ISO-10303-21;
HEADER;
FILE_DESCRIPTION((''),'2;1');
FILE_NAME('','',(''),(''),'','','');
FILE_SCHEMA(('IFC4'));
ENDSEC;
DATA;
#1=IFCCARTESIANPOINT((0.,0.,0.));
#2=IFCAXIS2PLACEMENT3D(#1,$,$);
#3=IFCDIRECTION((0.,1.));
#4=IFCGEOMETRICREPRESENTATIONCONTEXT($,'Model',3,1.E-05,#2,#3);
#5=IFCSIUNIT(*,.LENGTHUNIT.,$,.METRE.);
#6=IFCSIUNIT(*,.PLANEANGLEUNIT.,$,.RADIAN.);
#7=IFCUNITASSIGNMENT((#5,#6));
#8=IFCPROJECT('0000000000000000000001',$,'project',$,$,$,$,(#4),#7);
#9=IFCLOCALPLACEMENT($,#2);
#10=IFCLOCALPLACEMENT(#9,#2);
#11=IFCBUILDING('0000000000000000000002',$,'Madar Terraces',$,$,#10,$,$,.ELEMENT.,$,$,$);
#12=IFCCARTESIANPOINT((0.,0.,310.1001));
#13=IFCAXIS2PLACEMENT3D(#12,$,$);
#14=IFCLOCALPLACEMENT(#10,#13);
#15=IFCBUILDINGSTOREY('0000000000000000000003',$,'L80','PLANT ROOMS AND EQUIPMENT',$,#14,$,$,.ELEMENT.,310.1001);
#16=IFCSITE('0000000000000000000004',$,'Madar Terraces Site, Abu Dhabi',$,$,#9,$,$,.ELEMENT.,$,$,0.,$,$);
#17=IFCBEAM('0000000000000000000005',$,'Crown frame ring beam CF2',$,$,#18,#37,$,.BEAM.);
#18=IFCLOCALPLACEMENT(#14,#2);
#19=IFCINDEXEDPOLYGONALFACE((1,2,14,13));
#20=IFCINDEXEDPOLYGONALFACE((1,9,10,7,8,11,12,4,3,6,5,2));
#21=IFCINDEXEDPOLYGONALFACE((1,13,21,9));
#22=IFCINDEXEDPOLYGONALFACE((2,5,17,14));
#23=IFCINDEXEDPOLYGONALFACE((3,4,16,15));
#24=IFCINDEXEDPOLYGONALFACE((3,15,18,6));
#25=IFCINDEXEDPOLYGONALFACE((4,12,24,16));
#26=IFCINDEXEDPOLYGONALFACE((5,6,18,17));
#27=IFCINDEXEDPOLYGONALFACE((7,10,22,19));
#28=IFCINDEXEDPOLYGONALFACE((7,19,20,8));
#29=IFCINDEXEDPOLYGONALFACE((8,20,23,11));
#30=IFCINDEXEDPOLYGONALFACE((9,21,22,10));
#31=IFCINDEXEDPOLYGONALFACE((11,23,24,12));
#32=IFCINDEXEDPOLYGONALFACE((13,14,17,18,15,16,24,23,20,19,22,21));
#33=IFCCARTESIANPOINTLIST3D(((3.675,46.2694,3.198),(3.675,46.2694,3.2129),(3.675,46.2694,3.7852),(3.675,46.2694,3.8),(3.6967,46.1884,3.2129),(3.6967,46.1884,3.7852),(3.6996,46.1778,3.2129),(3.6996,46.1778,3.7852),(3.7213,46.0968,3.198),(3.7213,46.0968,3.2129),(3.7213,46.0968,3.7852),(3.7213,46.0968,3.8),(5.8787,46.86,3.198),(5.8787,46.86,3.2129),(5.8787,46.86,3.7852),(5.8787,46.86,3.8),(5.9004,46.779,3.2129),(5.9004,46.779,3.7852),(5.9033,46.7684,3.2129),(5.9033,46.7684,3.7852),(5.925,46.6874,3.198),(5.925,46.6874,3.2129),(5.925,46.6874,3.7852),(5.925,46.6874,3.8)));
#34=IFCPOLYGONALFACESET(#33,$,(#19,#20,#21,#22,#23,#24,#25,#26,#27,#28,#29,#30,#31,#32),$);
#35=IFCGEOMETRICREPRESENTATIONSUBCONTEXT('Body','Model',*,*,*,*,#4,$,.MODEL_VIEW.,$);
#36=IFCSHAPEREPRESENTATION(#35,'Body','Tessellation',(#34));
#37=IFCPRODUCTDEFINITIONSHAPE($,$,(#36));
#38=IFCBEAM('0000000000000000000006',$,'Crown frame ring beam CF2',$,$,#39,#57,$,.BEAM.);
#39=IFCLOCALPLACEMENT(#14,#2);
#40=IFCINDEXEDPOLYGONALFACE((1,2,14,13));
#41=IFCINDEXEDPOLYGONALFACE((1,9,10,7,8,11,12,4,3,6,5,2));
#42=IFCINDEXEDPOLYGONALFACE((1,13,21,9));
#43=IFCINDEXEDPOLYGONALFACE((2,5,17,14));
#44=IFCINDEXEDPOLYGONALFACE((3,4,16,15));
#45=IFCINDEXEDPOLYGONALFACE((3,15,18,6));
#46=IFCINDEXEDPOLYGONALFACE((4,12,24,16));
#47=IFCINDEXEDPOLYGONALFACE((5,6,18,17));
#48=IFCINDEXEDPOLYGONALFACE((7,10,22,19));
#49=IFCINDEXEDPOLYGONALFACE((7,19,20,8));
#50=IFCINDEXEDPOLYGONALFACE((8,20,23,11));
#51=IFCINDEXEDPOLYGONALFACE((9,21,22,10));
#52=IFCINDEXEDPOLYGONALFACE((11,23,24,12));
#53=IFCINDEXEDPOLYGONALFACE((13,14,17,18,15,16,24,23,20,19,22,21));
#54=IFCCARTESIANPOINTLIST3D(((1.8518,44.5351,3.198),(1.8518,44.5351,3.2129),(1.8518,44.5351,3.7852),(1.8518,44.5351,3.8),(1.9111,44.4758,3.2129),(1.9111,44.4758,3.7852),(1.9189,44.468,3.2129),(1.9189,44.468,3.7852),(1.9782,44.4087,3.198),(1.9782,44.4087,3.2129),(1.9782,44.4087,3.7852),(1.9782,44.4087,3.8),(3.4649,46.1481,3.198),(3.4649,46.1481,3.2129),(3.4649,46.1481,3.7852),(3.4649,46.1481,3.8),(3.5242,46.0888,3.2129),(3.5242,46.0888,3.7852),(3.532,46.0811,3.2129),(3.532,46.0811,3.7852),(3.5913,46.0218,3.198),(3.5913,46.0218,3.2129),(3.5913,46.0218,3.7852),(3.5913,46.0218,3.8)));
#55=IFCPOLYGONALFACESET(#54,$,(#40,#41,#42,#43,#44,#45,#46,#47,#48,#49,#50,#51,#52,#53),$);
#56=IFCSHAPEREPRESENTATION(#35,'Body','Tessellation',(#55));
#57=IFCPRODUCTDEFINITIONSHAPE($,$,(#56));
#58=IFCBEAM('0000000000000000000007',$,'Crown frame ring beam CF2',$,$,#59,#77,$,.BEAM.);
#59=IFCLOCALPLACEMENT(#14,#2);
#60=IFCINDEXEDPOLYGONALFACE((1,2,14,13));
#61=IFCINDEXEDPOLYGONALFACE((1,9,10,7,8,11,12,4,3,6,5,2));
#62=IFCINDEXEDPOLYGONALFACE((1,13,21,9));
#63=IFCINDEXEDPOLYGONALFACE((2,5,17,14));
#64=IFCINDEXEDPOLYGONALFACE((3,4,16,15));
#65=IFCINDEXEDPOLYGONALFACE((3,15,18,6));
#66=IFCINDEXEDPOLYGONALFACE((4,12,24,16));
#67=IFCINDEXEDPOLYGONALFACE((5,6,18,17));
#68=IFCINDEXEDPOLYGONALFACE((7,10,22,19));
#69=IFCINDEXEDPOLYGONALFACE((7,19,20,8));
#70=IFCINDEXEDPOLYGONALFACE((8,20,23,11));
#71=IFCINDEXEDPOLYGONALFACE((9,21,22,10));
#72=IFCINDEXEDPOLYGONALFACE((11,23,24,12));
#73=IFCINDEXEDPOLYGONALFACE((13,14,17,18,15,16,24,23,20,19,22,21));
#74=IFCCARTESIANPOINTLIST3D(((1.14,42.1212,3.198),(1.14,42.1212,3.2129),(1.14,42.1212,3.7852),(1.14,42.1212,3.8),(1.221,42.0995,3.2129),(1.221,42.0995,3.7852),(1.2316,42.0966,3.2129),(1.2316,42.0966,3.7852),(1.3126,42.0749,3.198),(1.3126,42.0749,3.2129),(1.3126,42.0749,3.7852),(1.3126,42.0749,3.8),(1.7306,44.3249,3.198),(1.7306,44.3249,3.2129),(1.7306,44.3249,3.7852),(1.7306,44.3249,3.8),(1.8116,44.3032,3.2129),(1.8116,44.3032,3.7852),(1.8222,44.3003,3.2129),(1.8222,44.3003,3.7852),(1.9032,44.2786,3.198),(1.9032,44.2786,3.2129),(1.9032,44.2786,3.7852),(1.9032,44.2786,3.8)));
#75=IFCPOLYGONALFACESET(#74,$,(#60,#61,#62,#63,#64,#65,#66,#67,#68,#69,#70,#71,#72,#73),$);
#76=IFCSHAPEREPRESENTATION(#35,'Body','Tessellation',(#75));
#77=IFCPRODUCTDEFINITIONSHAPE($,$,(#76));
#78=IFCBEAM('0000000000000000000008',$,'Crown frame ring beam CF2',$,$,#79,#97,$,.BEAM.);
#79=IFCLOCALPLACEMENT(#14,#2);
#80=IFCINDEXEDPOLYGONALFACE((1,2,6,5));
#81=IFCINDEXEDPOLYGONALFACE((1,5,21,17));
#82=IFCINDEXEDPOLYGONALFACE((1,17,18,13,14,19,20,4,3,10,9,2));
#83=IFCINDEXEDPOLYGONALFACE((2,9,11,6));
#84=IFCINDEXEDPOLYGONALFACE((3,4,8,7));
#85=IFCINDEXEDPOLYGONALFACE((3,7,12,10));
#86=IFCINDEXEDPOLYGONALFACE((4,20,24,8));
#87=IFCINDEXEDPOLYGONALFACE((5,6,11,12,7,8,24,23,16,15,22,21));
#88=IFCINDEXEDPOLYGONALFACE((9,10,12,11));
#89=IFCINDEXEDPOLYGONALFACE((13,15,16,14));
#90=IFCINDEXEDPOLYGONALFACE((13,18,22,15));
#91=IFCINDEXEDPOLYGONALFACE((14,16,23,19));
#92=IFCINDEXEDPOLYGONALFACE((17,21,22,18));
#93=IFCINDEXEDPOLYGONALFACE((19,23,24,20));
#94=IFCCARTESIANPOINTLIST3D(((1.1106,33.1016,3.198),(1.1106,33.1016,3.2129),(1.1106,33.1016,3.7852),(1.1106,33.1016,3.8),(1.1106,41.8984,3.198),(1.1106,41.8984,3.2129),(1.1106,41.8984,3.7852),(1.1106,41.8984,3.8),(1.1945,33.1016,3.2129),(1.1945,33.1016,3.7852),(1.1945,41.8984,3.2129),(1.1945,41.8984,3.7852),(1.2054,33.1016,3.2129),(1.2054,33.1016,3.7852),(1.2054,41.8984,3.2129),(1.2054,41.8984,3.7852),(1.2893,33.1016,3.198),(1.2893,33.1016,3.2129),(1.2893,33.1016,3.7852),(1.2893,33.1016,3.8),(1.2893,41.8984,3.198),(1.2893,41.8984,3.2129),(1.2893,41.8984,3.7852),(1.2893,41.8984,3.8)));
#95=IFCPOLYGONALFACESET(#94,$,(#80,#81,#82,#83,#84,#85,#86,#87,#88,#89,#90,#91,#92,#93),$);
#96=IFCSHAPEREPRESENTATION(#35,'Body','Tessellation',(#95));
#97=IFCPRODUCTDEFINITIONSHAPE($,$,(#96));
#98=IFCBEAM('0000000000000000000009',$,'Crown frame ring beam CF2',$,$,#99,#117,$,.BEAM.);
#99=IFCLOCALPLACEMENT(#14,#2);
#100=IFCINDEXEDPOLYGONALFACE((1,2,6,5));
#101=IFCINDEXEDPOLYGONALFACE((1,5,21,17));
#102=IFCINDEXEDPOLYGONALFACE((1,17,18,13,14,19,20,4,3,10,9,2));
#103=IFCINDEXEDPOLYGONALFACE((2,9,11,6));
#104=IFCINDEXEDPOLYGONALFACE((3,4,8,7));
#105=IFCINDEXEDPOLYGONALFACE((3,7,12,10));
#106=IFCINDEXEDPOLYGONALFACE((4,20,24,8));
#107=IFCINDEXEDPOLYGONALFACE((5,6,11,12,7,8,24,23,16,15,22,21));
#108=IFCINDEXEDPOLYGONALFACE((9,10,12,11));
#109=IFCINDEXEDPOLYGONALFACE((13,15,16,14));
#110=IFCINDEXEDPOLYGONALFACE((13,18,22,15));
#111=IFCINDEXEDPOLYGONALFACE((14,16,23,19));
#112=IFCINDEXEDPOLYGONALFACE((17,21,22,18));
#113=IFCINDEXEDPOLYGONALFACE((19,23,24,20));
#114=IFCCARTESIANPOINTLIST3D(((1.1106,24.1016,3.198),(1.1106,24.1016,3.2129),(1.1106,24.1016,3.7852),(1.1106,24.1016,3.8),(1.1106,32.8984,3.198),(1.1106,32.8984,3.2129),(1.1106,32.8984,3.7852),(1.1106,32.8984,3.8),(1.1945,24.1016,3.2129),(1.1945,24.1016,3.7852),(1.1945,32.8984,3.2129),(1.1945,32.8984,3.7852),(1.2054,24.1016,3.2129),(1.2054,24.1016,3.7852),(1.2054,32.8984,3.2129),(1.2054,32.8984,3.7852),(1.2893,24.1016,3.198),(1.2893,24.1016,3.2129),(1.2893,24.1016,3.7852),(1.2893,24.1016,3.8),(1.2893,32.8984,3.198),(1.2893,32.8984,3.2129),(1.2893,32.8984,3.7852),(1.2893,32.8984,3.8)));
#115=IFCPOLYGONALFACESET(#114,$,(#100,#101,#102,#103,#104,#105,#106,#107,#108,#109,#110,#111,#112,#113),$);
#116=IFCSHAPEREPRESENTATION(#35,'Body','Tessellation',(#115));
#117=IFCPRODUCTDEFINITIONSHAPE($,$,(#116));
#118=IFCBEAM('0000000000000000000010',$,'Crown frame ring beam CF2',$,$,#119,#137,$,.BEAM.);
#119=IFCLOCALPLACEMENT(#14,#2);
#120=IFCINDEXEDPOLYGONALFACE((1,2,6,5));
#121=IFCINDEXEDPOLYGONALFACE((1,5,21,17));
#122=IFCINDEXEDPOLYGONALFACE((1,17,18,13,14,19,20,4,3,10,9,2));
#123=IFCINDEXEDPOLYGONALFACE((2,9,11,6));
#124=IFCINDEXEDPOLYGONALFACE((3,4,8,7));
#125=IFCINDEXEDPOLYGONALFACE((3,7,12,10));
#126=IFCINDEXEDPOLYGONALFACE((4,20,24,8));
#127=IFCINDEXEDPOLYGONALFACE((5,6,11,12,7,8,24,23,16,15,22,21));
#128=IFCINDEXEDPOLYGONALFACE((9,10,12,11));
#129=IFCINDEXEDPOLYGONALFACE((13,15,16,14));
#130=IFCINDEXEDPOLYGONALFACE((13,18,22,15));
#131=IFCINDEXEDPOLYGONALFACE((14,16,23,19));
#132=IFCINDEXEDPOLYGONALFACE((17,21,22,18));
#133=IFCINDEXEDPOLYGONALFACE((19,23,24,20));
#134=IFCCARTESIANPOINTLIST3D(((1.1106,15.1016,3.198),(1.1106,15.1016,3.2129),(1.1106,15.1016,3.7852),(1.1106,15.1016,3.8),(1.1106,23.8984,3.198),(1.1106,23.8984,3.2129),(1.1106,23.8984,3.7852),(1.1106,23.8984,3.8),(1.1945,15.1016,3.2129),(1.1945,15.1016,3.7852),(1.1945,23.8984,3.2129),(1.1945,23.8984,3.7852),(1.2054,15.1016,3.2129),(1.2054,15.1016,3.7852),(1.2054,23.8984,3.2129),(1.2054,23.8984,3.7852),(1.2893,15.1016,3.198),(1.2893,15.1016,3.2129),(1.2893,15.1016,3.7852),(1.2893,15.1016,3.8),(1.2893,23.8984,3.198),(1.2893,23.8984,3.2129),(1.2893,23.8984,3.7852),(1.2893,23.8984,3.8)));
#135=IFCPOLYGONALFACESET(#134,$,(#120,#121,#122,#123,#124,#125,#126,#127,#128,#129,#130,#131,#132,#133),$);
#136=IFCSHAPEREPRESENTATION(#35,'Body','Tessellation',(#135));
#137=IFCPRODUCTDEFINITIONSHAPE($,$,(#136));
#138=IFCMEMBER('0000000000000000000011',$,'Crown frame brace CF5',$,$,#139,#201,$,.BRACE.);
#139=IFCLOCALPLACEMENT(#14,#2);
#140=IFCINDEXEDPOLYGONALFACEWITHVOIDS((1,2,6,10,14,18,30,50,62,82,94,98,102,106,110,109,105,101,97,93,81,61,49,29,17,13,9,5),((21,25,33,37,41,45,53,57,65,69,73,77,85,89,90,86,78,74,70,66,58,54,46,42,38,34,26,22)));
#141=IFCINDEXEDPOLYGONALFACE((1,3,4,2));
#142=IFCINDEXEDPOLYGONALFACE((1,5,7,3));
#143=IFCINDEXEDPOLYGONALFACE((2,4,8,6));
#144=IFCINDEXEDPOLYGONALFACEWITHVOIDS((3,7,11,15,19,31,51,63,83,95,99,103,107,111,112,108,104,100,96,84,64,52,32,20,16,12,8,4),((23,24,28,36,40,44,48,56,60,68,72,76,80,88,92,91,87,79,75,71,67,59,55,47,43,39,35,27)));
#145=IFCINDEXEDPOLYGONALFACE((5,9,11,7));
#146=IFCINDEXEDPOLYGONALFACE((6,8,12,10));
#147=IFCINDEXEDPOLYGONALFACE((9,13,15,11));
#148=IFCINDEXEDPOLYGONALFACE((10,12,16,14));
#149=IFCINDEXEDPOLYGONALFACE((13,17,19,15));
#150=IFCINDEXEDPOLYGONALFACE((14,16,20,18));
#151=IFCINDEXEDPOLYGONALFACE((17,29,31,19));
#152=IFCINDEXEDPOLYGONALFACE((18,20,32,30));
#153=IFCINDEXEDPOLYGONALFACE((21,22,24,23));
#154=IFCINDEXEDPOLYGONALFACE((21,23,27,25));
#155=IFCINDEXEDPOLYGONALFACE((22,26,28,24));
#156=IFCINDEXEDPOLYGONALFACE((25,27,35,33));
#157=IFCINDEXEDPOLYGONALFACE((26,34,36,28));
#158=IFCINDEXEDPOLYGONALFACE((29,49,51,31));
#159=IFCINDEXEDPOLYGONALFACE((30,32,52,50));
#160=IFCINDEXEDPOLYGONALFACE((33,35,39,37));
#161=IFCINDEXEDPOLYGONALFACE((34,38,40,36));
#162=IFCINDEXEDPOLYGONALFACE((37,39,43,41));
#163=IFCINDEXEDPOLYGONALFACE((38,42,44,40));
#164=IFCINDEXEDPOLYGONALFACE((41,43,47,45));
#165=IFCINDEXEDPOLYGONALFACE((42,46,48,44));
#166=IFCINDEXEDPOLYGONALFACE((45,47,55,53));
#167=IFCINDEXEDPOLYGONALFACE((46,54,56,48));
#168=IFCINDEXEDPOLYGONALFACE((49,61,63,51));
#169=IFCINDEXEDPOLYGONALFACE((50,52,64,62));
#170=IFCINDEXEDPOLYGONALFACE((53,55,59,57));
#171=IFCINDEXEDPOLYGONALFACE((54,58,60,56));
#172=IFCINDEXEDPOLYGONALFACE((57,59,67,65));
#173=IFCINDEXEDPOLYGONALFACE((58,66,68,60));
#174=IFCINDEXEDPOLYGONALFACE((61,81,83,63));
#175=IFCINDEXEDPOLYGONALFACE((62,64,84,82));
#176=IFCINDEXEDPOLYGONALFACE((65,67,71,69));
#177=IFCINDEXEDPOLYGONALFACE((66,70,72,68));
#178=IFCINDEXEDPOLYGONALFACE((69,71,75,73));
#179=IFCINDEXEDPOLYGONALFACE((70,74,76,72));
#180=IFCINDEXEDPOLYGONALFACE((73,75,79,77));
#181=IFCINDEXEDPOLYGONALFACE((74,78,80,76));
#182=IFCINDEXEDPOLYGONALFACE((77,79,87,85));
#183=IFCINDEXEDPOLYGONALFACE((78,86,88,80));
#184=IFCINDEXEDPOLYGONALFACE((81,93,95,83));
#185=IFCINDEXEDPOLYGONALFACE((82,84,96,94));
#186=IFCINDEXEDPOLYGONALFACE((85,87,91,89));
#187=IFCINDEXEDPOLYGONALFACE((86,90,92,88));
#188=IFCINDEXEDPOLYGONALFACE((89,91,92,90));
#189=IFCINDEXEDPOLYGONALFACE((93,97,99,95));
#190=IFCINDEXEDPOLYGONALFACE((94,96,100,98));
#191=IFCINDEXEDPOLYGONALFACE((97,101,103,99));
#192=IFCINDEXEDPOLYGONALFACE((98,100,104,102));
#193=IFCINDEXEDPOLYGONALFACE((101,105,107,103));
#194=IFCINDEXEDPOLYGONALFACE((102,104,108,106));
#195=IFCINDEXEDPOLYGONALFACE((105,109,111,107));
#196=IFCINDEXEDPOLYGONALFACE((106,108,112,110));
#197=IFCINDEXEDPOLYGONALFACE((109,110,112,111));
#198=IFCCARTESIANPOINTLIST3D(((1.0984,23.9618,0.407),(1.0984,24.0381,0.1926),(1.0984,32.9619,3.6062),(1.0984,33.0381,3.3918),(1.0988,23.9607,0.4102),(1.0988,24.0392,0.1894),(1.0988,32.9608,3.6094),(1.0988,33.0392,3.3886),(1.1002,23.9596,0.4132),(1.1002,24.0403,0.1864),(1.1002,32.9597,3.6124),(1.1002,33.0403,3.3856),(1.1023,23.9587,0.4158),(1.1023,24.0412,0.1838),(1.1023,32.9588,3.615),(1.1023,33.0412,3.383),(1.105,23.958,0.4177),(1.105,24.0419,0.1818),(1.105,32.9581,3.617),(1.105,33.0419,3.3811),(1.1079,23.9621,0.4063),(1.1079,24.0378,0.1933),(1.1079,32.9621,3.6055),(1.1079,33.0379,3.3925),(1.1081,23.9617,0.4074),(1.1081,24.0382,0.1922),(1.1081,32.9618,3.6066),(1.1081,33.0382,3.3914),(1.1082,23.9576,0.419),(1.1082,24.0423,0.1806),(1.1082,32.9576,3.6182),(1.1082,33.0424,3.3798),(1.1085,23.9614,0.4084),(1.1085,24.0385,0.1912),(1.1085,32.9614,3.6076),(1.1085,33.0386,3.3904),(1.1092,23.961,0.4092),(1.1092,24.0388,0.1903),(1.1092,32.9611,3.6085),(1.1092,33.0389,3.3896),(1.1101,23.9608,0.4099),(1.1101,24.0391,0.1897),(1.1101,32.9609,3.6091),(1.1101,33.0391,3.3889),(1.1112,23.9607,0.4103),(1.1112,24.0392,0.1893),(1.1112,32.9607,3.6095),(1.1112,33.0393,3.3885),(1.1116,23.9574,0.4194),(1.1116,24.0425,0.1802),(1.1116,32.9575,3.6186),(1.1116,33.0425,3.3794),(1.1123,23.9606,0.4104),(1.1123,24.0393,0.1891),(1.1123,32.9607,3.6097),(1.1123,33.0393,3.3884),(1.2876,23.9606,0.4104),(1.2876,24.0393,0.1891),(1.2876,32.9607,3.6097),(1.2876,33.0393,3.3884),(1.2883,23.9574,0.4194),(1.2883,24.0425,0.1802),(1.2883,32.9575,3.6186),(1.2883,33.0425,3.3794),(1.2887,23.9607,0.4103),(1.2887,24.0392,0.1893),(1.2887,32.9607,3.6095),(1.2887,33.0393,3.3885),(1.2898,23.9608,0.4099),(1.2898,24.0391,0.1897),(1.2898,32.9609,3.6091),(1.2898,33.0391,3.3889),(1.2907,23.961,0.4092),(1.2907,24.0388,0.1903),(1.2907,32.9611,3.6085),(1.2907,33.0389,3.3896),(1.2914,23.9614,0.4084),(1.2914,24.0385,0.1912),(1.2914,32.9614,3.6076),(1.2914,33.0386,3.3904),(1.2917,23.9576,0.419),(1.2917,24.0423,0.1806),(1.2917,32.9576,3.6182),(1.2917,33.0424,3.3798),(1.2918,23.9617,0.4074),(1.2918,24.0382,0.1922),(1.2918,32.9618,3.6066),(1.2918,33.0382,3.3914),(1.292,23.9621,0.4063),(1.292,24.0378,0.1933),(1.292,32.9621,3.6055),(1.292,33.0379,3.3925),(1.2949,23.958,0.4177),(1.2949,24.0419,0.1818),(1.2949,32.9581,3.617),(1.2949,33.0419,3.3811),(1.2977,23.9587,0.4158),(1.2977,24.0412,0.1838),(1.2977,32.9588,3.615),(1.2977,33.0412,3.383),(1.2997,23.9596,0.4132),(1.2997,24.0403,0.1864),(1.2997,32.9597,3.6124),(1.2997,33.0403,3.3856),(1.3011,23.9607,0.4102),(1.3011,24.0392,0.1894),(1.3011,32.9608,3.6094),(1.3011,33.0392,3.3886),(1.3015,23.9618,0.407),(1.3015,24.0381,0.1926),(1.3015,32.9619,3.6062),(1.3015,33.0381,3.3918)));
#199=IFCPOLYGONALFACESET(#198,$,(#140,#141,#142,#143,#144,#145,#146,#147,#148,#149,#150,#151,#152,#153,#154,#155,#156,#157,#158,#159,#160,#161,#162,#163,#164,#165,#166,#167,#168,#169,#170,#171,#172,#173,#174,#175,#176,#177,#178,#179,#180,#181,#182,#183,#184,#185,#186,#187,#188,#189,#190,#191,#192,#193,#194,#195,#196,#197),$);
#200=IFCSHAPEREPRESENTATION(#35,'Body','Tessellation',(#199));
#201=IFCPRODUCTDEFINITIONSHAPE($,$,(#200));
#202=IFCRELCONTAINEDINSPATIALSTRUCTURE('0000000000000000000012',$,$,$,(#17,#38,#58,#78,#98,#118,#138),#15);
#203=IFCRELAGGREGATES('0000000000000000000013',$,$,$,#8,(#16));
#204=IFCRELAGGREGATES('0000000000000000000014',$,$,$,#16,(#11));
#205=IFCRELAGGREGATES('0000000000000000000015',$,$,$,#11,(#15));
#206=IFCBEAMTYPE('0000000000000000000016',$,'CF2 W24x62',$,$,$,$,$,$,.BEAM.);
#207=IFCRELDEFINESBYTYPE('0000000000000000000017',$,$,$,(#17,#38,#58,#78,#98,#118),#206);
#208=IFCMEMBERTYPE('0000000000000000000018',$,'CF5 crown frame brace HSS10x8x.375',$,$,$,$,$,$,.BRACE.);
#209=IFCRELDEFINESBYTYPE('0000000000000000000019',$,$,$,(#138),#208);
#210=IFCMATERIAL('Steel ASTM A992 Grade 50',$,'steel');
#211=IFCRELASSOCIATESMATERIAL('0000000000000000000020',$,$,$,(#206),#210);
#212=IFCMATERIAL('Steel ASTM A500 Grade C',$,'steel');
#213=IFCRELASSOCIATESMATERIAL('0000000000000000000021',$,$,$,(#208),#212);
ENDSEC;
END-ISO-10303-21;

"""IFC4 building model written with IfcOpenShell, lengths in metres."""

from ifc_helpers import new_model, si_unit, direction, frame, origin, origin_2d, place, context, subcontext, project, spatial, hollow_rectangle, i_section, extrude, material, material_profile, profile_set, type_object, element, save


model = new_model("IFC4")

# Units and contexts
model_context = context("Model", 3, precision=1e-05, world=origin(), true_north=direction((0.0, 1.0)))
body_context = subcontext(model_context, "Body", "Model", "MODEL_VIEW")
ifc_project = project(units=[si_unit("LENGTHUNIT", "METRE"), si_unit("PLANEANGLEUNIT", "RADIAN")], contexts=[model_context])

# Site, building, storey
site_placement = place(None, origin())
site = spatial("IfcSite", under=ifc_project, at=site_placement, Name="Madar Terraces Site, Abu Dhabi", CompositionType="ELEMENT", RefElevation=0.0)
building_placement = place(site_placement, origin())
building = spatial("IfcBuilding", under=site, at=building_placement, Name="Madar Terraces", CompositionType="ELEMENT")
storey_placement = place(building_placement, frame((0.0, 0.0, 310.1001)))
storey = spatial("IfcBuildingStorey", under=building, at=storey_placement, Name="L80", Description="PLANT ROOMS AND EQUIPMENT", CompositionType="ELEMENT", Elevation=310.1001)

# Beams
ifc_material_1 = material(Name="Steel ASTM A992 Grade 50", Category="steel")
ifc_material_profile_1 = material_profile(ifc_material_1, i_section(OverallWidth=0.1787, OverallDepth=0.6021, WebThickness=0.011, FlangeThickness=0.0149, at=origin_2d()), Name="W24x62")
ifc_profile_set_1 = profile_set([ifc_material_profile_1], Name="Steel ASTM A992 Grade 50")
beam_type = type_object("IfcBeamType", Name="CF2 W24x62", PredefinedType="BEAM", material=ifc_profile_set_1)
beam_1_placement = place(storey_placement, frame((5.9019, 46.7737, 3.499), z_axis=(-0.965913, -0.258868, 0.0), x_axis=(0.258868, -0.965913, 0.0)))
element("IfcBeam", 1, at=beam_1_placement, inside=storey, type_object=beam_type, Name="Crown frame ring beam CF2", PredefinedType="BEAM", context=body_context, shape_type="SweptSolid", body=[
    extrude(i_section(OverallWidth=0.1787, OverallDepth=0.6021, WebThickness=0.011, FlangeThickness=0.0149, at=origin_2d()), origin(), (0.0, 0.0, 1.0), 2.2815),
])
beam_2_placement = place(storey_placement, frame((3.5281, 46.085, 3.499), z_axis=(-0.707107, -0.707107, 0.0), x_axis=(0.707107, -0.707107, 0.0)))
element("IfcBeam", 2, at=beam_2_placement, inside=storey, type_object=beam_type, Name="Crown frame ring beam CF2", PredefinedType="BEAM", context=body_context, shape_type="SweptSolid", body=[
    extrude(i_section(OverallWidth=0.1787, OverallDepth=0.6021, WebThickness=0.011, FlangeThickness=0.0149, at=origin_2d()), origin(), (0.0, 0.0, 1.0), 2.2812),
])
beam_3_placement = place(storey_placement, frame((1.8169, 44.3018, 3.499), z_axis=(-0.258868, -0.965913, 0.0), x_axis=(0.965913, -0.258868, 0.0)))
element("IfcBeam", 3, at=beam_3_placement, inside=storey, type_object=beam_type, Name="Crown frame ring beam CF2", PredefinedType="BEAM", context=body_context, shape_type="SweptSolid", body=[
    extrude(i_section(OverallWidth=0.1787, OverallDepth=0.6021, WebThickness=0.011, FlangeThickness=0.0149, at=origin_2d()), origin(), (0.0, 0.0, 1.0), 2.2815),
])
for number, where, z_axis, x_axis, name in (
    (4, (1.2, 41.8984, 3.499), (0.0, -1.0, 0.0), (1.0, 0.0, 0.0), "Crown frame ring beam CF2"),
    (5, (1.2, 32.8984, 3.499), (0.0, -1.0, 0.0), (1.0, 0.0, 0.0), "Crown frame ring beam CF2"),
    (6, (1.2, 23.8984, 3.499), (0.0, -1.0, 0.0), (1.0, 0.0, 0.0), "Crown frame ring beam CF2"),
):
    element("IfcBeam", number, at=place(storey_placement, frame(where, z_axis=z_axis, x_axis=x_axis)), inside=storey, type_object=beam_type, Name=name, PredefinedType="BEAM", context=body_context, shape_type="SweptSolid", body=[
        extrude(i_section(OverallWidth=0.1787, OverallDepth=0.6021, WebThickness=0.011, FlangeThickness=0.0149, at=origin_2d()), origin(), (0.0, 0.0, 1.0), 8.7969),
    ])

# Member
ifc_material_2 = material(Name="Steel ASTM A500 Grade C", Category="steel")
ifc_material_profile_2 = material_profile(ifc_material_2, hollow_rectangle(XDim=0.2031, YDim=0.2539, WallThickness=0.0095, InnerFilletRadius=0.0044, OuterFilletRadius=0.0132, at=origin_2d()), Name="HSS10x8x.375")
ifc_profile_set_2 = profile_set([ifc_material_profile_2], Name="Steel ASTM A500 Grade C")
member_type_1 = type_object("IfcMemberType", Name="CF5 crown frame brace HSS10x8x.375", PredefinedType="BRACE", material=ifc_profile_set_2)
member_placement = place(storey_placement, frame((1.2, 33.0, 3.499), z_axis=(0.0, -0.942241, -0.334937), x_axis=(1.0, 0.0, 0.0)))
element("IfcMember", 7, at=member_placement, inside=storey, type_object=member_type_1, Name="Crown frame brace CF5", PredefinedType="BRACE", context=body_context, shape_type="SweptSolid", body=[
    extrude(hollow_rectangle(XDim=0.2031, YDim=0.2539, WallThickness=0.0095, InnerFilletRadius=0.0044, OuterFilletRadius=0.0132, at=origin_2d()), origin(), (0.0, 0.0, 1.0), 9.5518),
])

save(model, "model.ifc")
